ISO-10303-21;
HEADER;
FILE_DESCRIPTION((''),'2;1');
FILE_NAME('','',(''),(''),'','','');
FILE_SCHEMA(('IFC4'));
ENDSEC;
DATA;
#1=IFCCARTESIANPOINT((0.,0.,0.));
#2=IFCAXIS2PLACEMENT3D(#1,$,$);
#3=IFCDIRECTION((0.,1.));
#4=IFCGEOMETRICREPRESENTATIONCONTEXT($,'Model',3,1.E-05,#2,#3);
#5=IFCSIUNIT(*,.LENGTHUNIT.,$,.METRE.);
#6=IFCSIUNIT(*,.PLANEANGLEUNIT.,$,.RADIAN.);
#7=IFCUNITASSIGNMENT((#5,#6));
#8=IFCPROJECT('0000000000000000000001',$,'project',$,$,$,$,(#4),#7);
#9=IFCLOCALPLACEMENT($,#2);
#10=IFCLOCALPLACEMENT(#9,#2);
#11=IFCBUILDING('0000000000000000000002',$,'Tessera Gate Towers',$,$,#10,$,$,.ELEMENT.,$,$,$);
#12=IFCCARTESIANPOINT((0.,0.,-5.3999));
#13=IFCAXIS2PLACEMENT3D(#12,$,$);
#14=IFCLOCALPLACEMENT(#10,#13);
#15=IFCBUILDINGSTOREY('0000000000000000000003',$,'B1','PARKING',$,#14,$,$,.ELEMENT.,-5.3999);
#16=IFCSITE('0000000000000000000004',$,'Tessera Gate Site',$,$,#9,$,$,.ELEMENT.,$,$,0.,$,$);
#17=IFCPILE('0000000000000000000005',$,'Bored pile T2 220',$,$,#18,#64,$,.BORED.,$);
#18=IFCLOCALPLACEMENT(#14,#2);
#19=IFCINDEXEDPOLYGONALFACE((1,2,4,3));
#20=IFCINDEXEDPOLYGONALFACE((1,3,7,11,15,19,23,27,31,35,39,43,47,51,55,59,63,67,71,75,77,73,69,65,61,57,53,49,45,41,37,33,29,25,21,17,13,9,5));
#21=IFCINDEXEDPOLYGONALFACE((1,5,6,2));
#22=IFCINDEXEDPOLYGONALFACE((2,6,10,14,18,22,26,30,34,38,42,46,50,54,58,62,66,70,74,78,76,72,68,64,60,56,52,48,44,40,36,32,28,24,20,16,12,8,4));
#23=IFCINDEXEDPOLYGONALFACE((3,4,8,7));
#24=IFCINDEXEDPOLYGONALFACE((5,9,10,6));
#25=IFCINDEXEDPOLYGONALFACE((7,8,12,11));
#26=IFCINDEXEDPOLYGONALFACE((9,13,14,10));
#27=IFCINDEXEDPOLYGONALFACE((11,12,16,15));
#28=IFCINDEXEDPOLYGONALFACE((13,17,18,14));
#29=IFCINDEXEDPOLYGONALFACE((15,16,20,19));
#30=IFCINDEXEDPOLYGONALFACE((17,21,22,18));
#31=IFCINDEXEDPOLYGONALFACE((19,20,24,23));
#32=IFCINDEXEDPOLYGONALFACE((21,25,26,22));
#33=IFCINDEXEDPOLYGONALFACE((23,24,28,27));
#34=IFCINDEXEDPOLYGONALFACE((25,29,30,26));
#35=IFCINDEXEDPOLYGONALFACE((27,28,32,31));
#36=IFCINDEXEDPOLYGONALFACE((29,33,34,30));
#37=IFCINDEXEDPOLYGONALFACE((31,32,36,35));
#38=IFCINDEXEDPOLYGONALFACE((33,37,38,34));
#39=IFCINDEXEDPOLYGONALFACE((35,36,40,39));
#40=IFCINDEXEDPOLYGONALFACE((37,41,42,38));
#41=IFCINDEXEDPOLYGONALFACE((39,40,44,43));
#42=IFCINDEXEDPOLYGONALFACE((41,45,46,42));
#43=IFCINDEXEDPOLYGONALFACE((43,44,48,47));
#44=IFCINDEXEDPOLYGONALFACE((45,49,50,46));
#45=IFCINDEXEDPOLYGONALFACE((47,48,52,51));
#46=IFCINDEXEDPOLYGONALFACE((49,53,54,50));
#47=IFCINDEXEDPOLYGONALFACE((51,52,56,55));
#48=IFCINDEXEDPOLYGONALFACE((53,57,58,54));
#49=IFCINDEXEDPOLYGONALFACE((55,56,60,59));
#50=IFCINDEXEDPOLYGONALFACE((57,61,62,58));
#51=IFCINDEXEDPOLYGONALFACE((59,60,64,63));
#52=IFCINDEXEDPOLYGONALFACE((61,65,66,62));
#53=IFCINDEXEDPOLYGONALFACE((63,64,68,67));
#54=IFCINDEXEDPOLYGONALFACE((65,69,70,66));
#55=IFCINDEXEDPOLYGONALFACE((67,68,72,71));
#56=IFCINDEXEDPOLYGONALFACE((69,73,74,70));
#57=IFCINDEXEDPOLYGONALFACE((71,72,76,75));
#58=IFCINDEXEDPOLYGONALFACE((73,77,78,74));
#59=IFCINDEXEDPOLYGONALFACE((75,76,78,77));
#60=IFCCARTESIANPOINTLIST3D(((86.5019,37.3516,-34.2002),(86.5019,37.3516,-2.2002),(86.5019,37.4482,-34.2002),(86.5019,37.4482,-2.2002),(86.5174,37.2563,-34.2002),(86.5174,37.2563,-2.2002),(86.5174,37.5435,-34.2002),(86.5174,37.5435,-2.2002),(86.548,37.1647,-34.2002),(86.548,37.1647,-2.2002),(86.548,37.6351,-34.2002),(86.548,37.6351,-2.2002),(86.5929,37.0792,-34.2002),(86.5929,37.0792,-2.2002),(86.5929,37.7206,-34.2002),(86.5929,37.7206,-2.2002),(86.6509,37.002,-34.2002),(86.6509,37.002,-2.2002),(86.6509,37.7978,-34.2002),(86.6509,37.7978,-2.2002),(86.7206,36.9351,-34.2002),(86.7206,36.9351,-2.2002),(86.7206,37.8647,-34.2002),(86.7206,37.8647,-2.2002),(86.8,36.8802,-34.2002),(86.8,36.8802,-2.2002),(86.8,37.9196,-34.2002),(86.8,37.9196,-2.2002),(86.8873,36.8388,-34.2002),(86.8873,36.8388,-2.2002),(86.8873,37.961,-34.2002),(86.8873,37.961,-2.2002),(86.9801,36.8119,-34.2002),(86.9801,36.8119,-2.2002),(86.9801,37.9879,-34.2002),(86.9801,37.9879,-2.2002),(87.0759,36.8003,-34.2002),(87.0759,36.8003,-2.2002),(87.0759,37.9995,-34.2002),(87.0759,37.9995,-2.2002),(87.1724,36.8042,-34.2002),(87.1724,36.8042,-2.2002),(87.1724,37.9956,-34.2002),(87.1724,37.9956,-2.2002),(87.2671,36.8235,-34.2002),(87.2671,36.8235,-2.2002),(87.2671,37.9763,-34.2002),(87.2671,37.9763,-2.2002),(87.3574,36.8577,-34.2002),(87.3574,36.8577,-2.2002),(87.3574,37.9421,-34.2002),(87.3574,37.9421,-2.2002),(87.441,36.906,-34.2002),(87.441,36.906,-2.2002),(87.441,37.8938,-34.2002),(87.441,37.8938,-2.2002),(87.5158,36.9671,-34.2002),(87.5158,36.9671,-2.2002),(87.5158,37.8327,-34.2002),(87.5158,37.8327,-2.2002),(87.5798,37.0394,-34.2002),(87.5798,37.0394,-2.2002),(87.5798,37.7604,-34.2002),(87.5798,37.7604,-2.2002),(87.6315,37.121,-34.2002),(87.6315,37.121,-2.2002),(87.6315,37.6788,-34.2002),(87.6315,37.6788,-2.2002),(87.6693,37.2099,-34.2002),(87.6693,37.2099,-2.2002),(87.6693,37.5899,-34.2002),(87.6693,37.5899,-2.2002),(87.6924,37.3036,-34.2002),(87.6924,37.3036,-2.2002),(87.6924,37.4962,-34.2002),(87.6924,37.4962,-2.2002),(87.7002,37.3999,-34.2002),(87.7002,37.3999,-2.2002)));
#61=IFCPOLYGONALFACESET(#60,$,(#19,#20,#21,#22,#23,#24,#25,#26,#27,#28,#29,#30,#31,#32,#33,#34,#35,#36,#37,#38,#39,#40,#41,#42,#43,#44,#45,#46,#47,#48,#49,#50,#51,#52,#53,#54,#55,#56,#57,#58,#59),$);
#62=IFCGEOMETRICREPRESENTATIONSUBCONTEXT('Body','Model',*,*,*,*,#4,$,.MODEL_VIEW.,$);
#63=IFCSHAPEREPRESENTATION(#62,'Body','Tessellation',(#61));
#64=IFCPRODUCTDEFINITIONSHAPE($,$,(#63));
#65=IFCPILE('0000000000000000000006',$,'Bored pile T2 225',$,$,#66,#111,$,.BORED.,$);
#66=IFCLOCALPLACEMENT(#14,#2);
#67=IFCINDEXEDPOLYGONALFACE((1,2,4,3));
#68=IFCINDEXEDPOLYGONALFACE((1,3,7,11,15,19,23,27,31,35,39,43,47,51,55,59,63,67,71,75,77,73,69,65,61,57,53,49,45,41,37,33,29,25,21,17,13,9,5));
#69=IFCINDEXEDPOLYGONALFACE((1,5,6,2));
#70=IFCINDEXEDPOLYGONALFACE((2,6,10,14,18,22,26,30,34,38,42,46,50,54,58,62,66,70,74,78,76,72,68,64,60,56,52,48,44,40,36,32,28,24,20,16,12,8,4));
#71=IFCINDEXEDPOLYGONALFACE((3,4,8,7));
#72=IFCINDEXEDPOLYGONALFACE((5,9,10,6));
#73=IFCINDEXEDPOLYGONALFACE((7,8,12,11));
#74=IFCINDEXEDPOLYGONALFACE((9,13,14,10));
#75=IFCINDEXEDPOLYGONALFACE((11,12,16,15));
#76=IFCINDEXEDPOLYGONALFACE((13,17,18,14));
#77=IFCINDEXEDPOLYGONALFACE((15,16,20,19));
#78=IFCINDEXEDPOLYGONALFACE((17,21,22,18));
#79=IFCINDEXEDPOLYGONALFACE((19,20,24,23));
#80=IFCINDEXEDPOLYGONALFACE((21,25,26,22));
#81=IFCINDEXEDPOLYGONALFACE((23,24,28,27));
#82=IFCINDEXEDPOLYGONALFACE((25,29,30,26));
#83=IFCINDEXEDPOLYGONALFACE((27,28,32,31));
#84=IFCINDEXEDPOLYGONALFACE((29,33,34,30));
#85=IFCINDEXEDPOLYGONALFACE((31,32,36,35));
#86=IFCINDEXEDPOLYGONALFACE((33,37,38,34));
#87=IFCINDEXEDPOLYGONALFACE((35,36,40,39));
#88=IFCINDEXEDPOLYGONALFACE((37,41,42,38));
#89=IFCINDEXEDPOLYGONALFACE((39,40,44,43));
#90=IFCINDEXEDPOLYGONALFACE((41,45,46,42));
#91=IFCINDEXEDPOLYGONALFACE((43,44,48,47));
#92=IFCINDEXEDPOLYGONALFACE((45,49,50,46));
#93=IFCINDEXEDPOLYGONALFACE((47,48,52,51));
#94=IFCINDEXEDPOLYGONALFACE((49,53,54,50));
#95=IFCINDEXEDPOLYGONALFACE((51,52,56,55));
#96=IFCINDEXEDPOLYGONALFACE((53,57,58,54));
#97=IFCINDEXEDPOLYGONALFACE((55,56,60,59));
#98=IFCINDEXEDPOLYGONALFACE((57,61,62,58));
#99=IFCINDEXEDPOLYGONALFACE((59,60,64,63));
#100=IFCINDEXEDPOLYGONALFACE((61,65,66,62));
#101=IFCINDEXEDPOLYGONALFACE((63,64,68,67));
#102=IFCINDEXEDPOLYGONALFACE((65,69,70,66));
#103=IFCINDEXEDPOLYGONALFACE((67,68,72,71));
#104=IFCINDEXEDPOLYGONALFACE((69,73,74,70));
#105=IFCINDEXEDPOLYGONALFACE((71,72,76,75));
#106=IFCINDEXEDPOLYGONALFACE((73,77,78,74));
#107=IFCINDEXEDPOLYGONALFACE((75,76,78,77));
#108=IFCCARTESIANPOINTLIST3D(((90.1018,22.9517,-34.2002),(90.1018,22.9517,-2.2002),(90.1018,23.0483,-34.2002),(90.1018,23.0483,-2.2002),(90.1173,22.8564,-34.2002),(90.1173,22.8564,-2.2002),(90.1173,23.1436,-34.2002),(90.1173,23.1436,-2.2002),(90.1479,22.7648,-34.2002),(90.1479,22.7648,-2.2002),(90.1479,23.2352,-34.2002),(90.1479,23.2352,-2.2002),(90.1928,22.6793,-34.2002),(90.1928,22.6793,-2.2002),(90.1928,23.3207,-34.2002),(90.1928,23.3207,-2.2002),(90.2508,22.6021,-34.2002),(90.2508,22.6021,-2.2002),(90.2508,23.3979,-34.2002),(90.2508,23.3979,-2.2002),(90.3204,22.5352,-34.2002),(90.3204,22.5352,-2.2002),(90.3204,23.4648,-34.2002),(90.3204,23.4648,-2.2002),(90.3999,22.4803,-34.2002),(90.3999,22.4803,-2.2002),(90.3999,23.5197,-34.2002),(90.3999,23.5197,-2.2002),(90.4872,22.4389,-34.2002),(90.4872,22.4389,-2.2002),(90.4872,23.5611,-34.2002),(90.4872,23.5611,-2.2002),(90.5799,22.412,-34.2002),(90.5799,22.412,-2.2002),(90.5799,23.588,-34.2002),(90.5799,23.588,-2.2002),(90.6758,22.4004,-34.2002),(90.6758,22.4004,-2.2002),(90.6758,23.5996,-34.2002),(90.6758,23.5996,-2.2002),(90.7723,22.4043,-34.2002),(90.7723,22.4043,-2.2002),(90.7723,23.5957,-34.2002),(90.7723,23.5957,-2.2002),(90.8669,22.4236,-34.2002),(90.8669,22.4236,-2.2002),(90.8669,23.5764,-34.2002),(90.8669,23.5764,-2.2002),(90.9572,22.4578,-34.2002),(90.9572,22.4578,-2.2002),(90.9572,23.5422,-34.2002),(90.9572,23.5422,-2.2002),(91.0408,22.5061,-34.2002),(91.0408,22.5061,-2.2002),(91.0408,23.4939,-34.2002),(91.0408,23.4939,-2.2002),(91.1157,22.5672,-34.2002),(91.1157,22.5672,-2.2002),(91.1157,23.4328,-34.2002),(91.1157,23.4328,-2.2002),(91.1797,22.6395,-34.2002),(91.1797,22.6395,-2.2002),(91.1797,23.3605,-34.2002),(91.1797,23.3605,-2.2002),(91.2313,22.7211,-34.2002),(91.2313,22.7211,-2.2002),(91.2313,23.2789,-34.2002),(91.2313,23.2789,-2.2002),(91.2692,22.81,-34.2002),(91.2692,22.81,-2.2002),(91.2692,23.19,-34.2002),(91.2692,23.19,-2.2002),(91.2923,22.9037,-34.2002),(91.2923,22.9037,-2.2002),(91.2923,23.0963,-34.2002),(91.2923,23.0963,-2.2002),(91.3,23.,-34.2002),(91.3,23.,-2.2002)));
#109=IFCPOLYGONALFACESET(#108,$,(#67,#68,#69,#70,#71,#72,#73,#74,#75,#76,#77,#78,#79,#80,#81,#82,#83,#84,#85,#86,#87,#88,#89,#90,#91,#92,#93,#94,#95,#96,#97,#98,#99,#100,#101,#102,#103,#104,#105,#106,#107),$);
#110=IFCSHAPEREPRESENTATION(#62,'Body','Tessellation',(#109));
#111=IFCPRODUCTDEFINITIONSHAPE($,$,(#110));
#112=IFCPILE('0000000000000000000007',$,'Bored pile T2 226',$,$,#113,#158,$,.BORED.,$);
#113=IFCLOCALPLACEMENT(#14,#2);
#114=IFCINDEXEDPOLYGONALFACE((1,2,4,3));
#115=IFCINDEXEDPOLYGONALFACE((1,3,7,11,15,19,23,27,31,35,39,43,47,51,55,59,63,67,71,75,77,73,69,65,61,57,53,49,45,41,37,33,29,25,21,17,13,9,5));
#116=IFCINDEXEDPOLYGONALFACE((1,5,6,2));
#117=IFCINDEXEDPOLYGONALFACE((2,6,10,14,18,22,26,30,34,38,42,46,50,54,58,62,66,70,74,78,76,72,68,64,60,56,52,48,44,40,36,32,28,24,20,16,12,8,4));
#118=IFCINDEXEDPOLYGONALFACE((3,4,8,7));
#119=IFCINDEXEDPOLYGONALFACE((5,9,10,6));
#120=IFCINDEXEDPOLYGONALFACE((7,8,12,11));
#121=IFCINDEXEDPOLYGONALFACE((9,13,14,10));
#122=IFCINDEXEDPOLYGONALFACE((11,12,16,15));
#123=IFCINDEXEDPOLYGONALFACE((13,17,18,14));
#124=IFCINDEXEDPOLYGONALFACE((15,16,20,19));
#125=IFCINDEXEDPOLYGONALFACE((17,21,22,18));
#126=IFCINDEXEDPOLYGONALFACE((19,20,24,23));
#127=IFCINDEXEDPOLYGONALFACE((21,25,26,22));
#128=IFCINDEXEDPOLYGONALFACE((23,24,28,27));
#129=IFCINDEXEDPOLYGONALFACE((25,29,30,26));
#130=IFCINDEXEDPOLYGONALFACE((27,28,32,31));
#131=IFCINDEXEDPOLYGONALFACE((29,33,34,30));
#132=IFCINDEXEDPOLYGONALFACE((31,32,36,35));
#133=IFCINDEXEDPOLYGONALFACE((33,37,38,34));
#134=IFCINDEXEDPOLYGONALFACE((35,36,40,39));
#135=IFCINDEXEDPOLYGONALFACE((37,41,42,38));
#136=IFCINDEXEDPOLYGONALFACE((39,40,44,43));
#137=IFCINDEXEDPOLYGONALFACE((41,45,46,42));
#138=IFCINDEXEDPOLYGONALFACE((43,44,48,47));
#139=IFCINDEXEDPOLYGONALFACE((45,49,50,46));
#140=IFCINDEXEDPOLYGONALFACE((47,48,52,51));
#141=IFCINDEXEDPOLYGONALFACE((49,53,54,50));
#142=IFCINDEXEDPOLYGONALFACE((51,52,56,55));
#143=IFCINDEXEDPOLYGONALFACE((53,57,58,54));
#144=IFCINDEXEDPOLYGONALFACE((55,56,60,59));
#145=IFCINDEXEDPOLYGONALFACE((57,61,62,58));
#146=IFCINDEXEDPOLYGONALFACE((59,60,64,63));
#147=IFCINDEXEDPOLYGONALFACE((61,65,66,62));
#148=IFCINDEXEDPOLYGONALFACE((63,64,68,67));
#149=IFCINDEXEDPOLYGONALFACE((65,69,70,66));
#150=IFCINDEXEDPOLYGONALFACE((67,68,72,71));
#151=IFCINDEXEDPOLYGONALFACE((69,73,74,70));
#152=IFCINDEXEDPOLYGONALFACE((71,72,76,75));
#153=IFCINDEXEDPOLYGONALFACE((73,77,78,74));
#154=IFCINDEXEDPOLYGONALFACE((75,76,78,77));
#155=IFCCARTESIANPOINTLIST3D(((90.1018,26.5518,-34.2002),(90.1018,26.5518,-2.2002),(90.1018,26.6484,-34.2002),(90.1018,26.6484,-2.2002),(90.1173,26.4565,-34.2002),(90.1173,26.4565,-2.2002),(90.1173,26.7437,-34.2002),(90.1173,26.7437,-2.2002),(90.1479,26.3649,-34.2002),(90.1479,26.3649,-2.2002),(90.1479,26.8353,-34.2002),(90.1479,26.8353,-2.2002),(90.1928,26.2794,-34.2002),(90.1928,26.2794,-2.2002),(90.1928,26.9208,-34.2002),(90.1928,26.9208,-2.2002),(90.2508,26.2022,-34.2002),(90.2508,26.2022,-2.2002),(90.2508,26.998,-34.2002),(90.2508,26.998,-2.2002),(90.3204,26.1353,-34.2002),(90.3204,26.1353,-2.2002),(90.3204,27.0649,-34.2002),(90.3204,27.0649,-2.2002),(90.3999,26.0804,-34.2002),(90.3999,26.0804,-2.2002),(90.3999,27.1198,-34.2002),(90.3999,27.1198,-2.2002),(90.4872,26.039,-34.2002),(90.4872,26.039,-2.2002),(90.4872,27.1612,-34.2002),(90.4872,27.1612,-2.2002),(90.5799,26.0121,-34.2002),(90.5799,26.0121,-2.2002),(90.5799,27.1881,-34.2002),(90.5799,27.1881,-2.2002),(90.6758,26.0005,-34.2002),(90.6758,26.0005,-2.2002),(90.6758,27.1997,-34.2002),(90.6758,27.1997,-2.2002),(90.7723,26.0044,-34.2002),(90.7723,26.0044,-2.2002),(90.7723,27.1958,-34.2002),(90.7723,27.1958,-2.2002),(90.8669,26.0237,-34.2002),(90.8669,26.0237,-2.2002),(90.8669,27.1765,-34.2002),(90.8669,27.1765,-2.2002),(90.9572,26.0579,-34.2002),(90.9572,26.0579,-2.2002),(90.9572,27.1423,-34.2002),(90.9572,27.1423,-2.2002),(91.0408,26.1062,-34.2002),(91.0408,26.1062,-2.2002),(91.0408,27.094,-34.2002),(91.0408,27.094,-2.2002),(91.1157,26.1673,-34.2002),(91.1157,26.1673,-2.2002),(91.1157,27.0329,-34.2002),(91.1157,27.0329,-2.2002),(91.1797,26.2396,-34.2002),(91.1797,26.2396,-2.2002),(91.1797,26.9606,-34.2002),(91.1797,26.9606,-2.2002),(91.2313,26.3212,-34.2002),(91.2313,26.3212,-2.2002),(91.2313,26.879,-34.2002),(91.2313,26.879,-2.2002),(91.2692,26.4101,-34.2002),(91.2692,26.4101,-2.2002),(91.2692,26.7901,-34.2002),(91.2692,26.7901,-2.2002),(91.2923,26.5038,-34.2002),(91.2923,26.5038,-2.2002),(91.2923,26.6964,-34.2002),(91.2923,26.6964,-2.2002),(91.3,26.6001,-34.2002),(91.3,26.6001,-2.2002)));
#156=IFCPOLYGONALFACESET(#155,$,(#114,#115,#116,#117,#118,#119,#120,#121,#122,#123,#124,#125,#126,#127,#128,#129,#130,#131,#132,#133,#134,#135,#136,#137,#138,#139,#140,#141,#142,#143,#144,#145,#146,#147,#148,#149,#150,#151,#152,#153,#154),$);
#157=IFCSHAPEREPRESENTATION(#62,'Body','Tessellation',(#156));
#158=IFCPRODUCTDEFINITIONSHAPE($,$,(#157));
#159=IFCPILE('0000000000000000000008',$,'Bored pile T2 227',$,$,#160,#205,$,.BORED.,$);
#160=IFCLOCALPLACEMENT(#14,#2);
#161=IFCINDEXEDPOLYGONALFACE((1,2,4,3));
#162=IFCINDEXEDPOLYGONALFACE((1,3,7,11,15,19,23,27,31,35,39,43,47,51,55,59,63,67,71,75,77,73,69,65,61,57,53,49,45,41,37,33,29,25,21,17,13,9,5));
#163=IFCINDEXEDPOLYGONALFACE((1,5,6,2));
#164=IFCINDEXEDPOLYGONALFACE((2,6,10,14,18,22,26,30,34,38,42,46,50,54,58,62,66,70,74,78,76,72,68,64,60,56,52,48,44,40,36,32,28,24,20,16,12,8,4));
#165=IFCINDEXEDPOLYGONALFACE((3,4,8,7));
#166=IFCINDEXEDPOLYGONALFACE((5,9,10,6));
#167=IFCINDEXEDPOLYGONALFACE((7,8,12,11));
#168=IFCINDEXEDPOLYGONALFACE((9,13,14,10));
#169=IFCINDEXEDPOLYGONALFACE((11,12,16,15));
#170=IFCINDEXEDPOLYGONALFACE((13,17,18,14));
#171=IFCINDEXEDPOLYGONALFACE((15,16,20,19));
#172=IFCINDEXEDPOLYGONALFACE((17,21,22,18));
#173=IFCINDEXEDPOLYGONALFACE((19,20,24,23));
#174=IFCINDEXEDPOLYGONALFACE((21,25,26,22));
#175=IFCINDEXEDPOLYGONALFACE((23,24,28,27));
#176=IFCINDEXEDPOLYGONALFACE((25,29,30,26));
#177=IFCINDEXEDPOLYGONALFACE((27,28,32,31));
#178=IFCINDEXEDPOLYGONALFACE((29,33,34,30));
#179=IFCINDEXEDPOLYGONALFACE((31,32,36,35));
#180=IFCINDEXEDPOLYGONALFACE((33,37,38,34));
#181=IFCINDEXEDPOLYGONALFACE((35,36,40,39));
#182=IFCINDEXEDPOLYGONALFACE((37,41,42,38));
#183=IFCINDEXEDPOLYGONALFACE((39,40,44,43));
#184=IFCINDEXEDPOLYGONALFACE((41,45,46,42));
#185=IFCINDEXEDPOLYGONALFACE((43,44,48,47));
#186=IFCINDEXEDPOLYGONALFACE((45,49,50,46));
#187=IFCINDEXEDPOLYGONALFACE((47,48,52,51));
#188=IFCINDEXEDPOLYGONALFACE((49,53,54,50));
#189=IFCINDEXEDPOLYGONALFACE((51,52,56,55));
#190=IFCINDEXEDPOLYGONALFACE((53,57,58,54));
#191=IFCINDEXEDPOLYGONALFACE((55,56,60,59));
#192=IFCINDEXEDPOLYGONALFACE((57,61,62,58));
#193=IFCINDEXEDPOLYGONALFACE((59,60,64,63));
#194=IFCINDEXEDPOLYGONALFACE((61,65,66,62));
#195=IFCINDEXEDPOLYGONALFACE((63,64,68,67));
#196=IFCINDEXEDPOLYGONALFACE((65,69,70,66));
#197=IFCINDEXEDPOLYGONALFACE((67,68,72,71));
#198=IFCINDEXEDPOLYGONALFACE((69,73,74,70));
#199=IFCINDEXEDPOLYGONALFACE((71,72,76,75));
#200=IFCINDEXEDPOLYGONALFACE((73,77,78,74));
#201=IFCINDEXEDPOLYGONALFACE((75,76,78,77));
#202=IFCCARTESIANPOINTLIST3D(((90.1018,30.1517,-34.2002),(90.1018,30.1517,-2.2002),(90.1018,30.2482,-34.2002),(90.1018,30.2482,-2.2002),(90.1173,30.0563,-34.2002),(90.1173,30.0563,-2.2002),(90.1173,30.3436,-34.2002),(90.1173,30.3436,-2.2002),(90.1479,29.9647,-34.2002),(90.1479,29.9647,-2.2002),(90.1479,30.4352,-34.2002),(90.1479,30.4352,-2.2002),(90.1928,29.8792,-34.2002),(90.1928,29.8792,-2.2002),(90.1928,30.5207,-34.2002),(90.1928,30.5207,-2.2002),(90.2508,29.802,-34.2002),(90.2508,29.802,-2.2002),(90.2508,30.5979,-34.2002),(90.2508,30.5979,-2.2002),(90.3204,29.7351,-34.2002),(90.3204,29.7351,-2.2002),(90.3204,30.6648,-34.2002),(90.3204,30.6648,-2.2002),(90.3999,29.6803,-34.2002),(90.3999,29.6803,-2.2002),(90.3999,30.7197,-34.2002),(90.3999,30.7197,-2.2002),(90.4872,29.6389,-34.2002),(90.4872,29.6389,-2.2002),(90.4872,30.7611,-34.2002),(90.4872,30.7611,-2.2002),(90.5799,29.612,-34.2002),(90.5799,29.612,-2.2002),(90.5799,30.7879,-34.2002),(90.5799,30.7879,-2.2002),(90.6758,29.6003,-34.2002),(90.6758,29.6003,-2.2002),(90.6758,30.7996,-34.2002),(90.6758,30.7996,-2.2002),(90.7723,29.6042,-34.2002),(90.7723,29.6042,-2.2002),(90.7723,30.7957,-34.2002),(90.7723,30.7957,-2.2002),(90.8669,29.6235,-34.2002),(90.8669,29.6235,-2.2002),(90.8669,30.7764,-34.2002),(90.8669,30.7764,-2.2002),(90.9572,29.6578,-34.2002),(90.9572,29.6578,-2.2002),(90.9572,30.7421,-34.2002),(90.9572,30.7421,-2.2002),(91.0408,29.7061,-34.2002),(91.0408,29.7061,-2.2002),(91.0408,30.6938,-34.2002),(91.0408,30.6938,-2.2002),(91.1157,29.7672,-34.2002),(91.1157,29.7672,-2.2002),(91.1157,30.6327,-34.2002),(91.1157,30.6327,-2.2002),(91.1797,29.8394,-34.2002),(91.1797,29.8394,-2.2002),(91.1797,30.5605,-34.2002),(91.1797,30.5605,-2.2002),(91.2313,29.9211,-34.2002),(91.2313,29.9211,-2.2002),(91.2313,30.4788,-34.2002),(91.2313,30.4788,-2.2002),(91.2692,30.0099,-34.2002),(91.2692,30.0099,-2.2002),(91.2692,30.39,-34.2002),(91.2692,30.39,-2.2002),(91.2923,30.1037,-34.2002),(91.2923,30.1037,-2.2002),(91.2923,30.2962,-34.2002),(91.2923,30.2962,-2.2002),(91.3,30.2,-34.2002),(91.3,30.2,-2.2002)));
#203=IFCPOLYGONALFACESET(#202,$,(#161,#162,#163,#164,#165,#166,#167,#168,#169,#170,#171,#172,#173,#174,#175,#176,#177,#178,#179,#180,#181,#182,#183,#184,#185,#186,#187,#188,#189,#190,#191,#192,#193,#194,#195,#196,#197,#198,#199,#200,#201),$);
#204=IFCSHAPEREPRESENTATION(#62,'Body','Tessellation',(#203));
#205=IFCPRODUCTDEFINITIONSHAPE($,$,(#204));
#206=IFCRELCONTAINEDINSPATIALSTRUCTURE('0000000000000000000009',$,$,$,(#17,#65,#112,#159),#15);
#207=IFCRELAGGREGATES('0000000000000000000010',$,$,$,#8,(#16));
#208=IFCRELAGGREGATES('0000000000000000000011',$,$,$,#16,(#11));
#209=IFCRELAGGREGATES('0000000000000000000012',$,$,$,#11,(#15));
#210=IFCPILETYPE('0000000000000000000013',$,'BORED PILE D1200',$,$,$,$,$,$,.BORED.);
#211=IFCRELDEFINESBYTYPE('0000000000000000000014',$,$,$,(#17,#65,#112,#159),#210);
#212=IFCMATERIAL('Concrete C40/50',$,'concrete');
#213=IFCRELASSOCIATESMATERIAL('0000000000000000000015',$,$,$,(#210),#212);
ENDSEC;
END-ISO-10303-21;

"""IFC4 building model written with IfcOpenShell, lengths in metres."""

from ifc_helpers import new_model, si_unit, direction, frame, origin, origin_2d, place, context, subcontext, project, spatial, circle, extrude, material, material_profile, profile_set, type_object, element, save


model = new_model("IFC4")

# Units and contexts
model_context = context("Model", 3, precision=1e-05, world=origin(), true_north=direction((0.0, 1.0)))
body_context = subcontext(model_context, "Body", "Model", "MODEL_VIEW")
ifc_project = project(units=[si_unit("LENGTHUNIT", "METRE"), si_unit("PLANEANGLEUNIT", "RADIAN")], contexts=[model_context])

# Site, building, storey
site_placement = place(None, origin())
site = spatial("IfcSite", under=ifc_project, at=site_placement, Name="Tessera Gate Site", CompositionType="ELEMENT", RefElevation=0.0)
building_placement = place(site_placement, origin())
building = spatial("IfcBuilding", under=site, at=building_placement, Name="Tessera Gate Towers", CompositionType="ELEMENT")
storey_placement = place(building_placement, frame((0.0, 0.0, -5.3999)))
storey = spatial("IfcBuildingStorey", under=building, at=storey_placement, Name="B1", Description="PARKING", CompositionType="ELEMENT", Elevation=-5.3999)

# Piles
ifc_material_1 = material(Name="Concrete C40/50", Category="concrete")
ifc_material_profile_1 = material_profile(ifc_material_1, circle(Radius=0.6001, at=origin_2d()), Name="BORED PILE D1200")
ifc_profile_set_1 = profile_set([ifc_material_profile_1], Name="Concrete C40/50")
pile_type = type_object("IfcPileType", Name="BORED PILE D1200", PredefinedType="BORED", material=ifc_profile_set_1)
for number, where, z_axis, x_axis, name in (
    (1, (87.1001, 37.3999, -2.2002), (0.0, 0.0, -1.0), (1.0, 0.0, 0.0), "Bored pile T2 220"),
    (2, (90.7, 23.0, -2.2002), (0.0, 0.0, -1.0), (1.0, 0.0, 0.0), "Bored pile T2 225"),
    (3, (90.7, 26.6001, -2.2002), (0.0, 0.0, -1.0), (1.0, 0.0, 0.0), "Bored pile T2 226"),
    (4, (90.7, 30.2, -2.2002), (0.0, 0.0, -1.0), (1.0, 0.0, 0.0), "Bored pile T2 227"),
):
    element("IfcPile", number, at=place(storey_placement, frame(where, z_axis=z_axis, x_axis=x_axis)), inside=storey, type_object=pile_type, Name=name, PredefinedType="BORED", context=body_context, shape_type="SweptSolid", body=[
        extrude(circle(Radius=0.6001, at=origin_2d()), origin(), (0.0, 0.0, 1.0), 32.0),
    ])

save(model, "model.ifc")
